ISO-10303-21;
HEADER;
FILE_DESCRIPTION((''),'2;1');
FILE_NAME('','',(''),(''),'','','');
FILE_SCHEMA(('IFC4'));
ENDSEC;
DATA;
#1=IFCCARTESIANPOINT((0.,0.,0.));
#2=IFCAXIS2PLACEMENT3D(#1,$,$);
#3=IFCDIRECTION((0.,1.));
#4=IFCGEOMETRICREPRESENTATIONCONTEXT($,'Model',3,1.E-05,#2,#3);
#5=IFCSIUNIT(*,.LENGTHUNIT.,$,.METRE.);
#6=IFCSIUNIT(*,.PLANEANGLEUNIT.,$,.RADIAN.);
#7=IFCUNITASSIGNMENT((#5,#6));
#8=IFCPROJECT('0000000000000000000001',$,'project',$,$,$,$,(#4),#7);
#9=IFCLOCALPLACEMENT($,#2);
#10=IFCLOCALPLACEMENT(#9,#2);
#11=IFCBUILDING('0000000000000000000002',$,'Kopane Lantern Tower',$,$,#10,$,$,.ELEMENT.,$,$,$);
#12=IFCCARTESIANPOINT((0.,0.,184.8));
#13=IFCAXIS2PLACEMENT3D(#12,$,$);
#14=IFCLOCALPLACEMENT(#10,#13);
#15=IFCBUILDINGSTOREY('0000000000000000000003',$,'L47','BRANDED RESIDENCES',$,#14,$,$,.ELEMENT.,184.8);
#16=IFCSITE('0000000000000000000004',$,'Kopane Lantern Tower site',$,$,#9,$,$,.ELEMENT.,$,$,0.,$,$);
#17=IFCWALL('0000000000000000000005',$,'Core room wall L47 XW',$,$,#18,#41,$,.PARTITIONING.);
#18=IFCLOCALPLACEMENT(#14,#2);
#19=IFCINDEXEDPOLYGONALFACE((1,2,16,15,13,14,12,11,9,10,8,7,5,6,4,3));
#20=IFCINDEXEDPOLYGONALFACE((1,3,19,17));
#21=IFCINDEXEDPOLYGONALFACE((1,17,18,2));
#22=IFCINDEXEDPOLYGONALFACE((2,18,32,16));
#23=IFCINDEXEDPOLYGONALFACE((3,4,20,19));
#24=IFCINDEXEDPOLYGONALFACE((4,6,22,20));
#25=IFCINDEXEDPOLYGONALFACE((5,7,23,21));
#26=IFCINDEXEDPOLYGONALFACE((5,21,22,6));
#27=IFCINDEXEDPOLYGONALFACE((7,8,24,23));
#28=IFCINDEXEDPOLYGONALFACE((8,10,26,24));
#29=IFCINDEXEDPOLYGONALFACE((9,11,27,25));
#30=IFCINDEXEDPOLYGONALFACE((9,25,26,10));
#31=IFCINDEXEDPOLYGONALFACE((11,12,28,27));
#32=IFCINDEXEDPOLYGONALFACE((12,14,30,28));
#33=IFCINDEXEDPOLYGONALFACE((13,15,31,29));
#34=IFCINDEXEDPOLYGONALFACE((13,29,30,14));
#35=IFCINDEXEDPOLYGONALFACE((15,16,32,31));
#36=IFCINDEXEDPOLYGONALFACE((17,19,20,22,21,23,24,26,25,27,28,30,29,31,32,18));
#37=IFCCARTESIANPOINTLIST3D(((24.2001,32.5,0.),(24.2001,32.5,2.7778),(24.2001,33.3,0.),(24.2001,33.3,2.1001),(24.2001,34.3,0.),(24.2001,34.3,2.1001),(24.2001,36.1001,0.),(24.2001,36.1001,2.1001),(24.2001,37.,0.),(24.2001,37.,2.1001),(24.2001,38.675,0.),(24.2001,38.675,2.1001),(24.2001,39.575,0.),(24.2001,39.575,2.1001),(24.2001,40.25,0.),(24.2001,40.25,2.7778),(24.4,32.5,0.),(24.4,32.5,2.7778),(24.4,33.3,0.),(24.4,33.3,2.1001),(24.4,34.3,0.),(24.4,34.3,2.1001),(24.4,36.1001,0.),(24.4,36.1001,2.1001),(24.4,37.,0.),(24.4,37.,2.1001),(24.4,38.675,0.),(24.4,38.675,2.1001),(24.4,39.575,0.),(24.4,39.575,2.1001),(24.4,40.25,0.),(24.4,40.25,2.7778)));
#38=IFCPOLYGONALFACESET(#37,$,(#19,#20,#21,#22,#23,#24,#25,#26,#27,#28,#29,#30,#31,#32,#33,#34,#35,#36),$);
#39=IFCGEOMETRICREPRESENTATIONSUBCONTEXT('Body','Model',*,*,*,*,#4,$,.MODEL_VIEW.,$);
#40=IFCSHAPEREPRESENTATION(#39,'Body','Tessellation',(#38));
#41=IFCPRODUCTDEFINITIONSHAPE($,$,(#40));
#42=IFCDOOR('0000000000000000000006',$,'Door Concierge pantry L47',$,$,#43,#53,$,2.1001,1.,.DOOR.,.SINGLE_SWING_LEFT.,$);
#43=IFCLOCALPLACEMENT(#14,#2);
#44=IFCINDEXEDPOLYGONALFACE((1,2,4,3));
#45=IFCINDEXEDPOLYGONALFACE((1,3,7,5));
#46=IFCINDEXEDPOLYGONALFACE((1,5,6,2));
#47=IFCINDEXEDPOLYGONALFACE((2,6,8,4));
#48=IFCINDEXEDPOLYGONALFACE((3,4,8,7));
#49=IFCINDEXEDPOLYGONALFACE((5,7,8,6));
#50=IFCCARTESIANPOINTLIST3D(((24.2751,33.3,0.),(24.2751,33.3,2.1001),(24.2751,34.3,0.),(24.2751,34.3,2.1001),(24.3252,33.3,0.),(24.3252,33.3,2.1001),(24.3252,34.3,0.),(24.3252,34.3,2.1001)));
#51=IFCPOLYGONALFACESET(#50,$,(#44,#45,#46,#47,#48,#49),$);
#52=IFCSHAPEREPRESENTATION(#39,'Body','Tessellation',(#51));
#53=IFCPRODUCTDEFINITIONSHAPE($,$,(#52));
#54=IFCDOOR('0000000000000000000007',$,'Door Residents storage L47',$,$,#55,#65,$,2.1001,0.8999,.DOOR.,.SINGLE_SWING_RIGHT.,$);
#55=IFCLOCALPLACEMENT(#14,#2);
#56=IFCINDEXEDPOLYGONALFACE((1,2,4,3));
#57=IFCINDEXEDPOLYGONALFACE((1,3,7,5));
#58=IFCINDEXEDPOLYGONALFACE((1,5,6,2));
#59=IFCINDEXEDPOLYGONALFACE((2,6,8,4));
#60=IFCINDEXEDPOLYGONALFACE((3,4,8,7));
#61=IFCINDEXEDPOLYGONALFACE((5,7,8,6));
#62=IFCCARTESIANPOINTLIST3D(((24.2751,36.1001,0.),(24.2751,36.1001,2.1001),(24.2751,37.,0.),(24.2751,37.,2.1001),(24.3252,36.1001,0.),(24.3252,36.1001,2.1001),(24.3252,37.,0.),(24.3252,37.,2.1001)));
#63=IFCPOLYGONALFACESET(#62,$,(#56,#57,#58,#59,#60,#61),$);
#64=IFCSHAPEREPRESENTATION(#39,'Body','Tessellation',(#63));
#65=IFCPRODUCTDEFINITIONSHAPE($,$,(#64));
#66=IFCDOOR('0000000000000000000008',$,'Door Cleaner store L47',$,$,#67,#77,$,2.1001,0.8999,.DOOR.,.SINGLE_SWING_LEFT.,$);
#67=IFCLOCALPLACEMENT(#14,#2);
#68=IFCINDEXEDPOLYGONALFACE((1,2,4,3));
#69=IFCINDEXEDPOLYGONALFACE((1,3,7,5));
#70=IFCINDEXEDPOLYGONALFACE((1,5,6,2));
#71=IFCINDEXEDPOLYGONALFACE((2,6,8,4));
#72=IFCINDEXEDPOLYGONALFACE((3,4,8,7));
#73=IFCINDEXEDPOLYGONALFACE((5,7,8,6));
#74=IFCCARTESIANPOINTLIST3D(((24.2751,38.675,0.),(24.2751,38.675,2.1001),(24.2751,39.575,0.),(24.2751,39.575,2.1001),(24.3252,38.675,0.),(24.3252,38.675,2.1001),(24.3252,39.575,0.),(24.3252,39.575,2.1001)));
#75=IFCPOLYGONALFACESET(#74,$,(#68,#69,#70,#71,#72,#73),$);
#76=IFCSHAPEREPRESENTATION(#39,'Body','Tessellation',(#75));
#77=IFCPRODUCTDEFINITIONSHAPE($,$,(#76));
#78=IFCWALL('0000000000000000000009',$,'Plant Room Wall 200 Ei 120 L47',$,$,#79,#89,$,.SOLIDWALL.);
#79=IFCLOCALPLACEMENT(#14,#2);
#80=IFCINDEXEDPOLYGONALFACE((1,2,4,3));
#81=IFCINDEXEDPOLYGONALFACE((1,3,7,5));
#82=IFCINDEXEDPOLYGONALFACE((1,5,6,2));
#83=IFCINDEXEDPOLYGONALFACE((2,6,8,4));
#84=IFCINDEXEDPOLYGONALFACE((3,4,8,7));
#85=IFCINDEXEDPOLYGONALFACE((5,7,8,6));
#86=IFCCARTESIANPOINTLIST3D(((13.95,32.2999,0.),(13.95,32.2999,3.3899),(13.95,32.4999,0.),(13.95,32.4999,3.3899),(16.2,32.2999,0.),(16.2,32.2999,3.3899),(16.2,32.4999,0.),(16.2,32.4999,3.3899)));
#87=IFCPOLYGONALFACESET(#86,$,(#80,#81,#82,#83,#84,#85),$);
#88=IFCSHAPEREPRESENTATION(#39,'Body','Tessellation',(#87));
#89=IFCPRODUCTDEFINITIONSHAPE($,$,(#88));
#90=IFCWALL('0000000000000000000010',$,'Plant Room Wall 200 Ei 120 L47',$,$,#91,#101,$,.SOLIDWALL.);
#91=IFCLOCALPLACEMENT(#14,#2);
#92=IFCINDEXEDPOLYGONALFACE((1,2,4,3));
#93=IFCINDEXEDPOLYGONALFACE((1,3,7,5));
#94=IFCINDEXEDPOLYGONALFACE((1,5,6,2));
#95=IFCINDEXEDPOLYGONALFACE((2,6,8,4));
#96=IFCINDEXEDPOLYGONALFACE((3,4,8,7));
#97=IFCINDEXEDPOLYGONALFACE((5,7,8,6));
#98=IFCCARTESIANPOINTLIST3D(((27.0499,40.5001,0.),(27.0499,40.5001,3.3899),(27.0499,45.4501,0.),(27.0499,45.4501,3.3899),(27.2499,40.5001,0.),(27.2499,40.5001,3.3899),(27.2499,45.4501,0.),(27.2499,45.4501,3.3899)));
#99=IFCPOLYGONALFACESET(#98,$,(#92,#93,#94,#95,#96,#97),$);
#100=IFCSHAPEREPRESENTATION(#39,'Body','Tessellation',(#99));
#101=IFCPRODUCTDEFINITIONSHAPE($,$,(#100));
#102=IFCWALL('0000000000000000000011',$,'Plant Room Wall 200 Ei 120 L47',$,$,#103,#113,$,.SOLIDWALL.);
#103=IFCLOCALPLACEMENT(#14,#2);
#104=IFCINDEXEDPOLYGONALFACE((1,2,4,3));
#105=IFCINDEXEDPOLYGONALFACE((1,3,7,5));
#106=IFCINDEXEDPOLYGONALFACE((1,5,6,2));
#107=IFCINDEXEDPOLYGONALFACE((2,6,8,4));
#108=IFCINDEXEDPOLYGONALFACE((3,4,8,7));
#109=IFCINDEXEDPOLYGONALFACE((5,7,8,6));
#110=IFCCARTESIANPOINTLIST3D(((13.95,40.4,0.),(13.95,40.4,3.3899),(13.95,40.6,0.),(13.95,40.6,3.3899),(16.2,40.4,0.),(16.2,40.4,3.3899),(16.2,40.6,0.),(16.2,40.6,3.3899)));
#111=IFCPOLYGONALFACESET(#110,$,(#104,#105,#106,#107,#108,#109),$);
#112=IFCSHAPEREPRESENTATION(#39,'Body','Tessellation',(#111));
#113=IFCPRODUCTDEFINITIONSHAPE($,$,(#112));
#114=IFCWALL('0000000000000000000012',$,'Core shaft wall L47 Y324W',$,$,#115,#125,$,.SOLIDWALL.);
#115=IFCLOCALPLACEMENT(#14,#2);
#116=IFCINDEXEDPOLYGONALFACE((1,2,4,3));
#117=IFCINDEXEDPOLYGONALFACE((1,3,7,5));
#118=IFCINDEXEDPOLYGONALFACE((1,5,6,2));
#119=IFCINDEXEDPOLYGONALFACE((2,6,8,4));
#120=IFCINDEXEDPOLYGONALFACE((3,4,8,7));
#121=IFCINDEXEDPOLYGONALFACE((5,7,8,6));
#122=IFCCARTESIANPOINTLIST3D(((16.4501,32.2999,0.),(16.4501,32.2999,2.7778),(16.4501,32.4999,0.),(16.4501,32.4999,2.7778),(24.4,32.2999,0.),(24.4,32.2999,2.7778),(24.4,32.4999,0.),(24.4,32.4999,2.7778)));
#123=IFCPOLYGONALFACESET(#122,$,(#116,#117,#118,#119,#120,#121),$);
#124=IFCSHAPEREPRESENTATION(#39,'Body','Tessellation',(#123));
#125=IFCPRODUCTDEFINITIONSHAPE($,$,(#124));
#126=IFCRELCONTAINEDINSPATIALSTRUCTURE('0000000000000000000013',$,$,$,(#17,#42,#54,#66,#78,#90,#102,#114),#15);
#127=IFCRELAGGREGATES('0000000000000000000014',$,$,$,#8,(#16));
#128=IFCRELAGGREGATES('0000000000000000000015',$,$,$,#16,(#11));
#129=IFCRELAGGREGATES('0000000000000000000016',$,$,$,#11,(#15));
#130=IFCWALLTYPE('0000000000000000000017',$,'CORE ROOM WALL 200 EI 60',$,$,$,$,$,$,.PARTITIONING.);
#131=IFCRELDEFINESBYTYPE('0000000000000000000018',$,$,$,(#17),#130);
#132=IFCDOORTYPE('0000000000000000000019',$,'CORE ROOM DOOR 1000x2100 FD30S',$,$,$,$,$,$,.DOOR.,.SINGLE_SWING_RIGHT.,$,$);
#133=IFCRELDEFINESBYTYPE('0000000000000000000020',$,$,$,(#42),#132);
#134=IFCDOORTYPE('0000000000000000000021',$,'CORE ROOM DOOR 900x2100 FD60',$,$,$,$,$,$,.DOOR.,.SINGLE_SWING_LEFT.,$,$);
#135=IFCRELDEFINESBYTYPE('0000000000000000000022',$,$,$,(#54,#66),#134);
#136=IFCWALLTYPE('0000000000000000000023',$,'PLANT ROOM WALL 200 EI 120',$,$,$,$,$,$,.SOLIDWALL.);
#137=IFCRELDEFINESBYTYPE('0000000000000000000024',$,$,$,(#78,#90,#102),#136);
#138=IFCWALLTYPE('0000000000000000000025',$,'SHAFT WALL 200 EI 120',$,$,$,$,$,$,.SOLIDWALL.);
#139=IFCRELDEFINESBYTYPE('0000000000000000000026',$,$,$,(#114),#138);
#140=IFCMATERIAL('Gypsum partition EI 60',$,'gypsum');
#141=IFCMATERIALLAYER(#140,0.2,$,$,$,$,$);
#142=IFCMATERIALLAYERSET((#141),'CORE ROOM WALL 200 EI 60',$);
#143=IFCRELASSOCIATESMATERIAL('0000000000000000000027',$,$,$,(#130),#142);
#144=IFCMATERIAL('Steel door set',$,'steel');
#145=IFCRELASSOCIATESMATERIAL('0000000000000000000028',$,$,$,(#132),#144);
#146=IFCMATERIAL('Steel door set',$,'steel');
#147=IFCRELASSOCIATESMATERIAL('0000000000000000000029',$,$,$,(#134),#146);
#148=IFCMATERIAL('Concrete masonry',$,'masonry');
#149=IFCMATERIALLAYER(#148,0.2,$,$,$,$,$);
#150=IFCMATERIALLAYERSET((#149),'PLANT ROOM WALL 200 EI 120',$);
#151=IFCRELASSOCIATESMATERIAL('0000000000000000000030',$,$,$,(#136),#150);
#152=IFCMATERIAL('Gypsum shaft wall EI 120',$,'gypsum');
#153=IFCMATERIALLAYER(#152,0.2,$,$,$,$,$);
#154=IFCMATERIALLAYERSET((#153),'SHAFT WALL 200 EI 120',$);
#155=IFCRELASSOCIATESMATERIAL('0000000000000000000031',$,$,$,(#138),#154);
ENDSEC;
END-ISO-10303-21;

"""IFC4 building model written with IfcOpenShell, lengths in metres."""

from ifc_helpers import new_model, si_unit, direction, frame, frame_2d, origin, place, context, subcontext, project, spatial, rectangle, extrude, material, layer, layer_set, type_object, element, fill, save


model = new_model("IFC4")

# Units and contexts
model_context = context("Model", 3, precision=1e-05, world=origin(), true_north=direction((0.0, 1.0)))
body_context = subcontext(model_context, "Body", "Model", "MODEL_VIEW")
ifc_project = project(units=[si_unit("LENGTHUNIT", "METRE"), si_unit("PLANEANGLEUNIT", "RADIAN")], contexts=[model_context])

# Site, building, storey
site_placement = place(None, origin())
site = spatial("IfcSite", under=ifc_project, at=site_placement, Name="Kopane Lantern Tower site", CompositionType="ELEMENT", RefElevation=0.0)
building_placement = place(site_placement, origin())
building = spatial("IfcBuilding", under=site, at=building_placement, Name="Kopane Lantern Tower", CompositionType="ELEMENT")
storey_placement = place(building_placement, frame((0.0, 0.0, 184.8)))
storey = spatial("IfcBuildingStorey", under=building, at=storey_placement, Name="L47", Description="BRANDED RESIDENCES", CompositionType="ELEMENT", Elevation=184.8)

# Wall, openings, doors
ifc_material_1 = material(Name="Gypsum partition EI 60", Category="gypsum")
ifc_layer_1 = layer(ifc_material_1, 0.2)
ifc_layer_set_1 = layer_set([ifc_layer_1], Name="CORE ROOM WALL 200 EI 60")
wall_type_1 = type_object("IfcWallType", Name="CORE ROOM WALL 200 EI 60", PredefinedType="PARTITIONING", material=ifc_layer_set_1)
wall_1_placement = place(storey_placement, frame((24.3, 32.5, 0.0), z_axis=(0.0, 0.0, 1.0), x_axis=(0.0, 1.0, 0.0)))
wall_1 = element("IfcWall", 1, at=wall_1_placement, inside=storey, type_object=wall_type_1, Name="Core room wall L47 XW", PredefinedType="PARTITIONING", context=body_context, shape_type="SweptSolid", body=[
    extrude(rectangle(XDim=7.75, YDim=0.2, at=frame_2d((3.875, 0.0))), origin(), (0.0, 0.0, 1.0), 2.7778),
])
opening_1_placement = place(wall_1_placement, frame((0.8, 0.0, 0.0)))
opening_1 = element("IfcOpeningElement", 2, at=opening_1_placement, cuts=wall_1, PredefinedType="OPENING", context=body_context, shape_type="SweptSolid", body=[
    extrude(rectangle(XDim=1.0, YDim=2.1001, at=frame_2d((0.5, 1.05))), frame((0.0, 0.1099, 0.0), z_axis=(0.0, -1.0, 0.0), x_axis=(1.0, 0.0, 0.0)), (0.0, 0.0, 1.0), 0.22),
])
opening_2_placement = place(wall_1_placement, frame((3.6001, 0.0, 0.0)))
opening_2 = element("IfcOpeningElement", 3, at=opening_2_placement, cuts=wall_1, PredefinedType="OPENING", context=body_context, shape_type="SweptSolid", body=[
    extrude(rectangle(XDim=0.8999, YDim=2.1001, at=frame_2d((0.45, 1.05))), frame((0.0, 0.1099, 0.0), z_axis=(0.0, -1.0, 0.0), x_axis=(1.0, 0.0, 0.0)), (0.0, 0.0, 1.0), 0.22),
])
opening_3_placement = place(wall_1_placement, frame((6.175, 0.0, 0.0)))
opening_3 = element("IfcOpeningElement", 4, at=opening_3_placement, cuts=wall_1, PredefinedType="OPENING", context=body_context, shape_type="SweptSolid", body=[
    extrude(rectangle(XDim=0.8999, YDim=2.1001, at=frame_2d((0.45, 1.05))), frame((0.0, 0.1099, 0.0), z_axis=(0.0, -1.0, 0.0), x_axis=(1.0, 0.0, 0.0)), (0.0, 0.0, 1.0), 0.22),
])
ifc_material_2 = material(Name="Steel door set", Category="steel")
door_type_1 = type_object("IfcDoorType", Name="CORE ROOM DOOR 1000x2100 FD30S", OperationType="SINGLE_SWING_RIGHT", PredefinedType="DOOR", material=ifc_material_2)
door_1_placement = place(opening_1_placement, origin())
door_1 = element("IfcDoor", 5, at=door_1_placement, inside=storey, type_object=door_type_1, Name="Door Concierge pantry L47", OperationType="SINGLE_SWING_LEFT", OverallHeight=2.1001, OverallWidth=1.0, PredefinedType="DOOR", context=body_context, shape_type="SweptSolid", body=[
    extrude(rectangle(XDim=1.0, YDim=2.1001, at=frame_2d((0.5, 1.05))), frame((0.0, 0.0249, 0.0), z_axis=(0.0, -1.0, 0.0), x_axis=(1.0, 0.0, 0.0)), (0.0, 0.0, 1.0), 0.05),
])
fill(opening_1, door_1)
ifc_material_3 = material(Name="Steel door set", Category="steel")
door_type_2 = type_object("IfcDoorType", Name="CORE ROOM DOOR 900x2100 FD60", OperationType="SINGLE_SWING_LEFT", PredefinedType="DOOR", material=ifc_material_3)
door_2_placement = place(opening_2_placement, origin())
door_2 = element("IfcDoor", 6, at=door_2_placement, inside=storey, type_object=door_type_2, Name="Door Residents storage L47", OperationType="SINGLE_SWING_RIGHT", OverallHeight=2.1001, OverallWidth=0.8999, PredefinedType="DOOR", context=body_context, shape_type="SweptSolid", body=[
    extrude(rectangle(XDim=0.8999, YDim=2.1001, at=frame_2d((0.45, 1.05))), frame((0.0, 0.0249, 0.0), z_axis=(0.0, -1.0, 0.0), x_axis=(1.0, 0.0, 0.0)), (0.0, 0.0, 1.0), 0.05),
])
fill(opening_2, door_2)
door_3_placement = place(opening_3_placement, origin())
door_3 = element("IfcDoor", 7, at=door_3_placement, inside=storey, type_object=door_type_2, Name="Door Cleaner store L47", OperationType="SINGLE_SWING_LEFT", OverallHeight=2.1001, OverallWidth=0.8999, PredefinedType="DOOR", context=body_context, shape_type="SweptSolid", body=[
    extrude(rectangle(XDim=0.8999, YDim=2.1001, at=frame_2d((0.45, 1.05))), frame((0.0, 0.0249, 0.0), z_axis=(0.0, -1.0, 0.0), x_axis=(1.0, 0.0, 0.0)), (0.0, 0.0, 1.0), 0.05),
])
fill(opening_3, door_3)

# Walls
ifc_material_4 = material(Name="Concrete masonry", Category="masonry")
ifc_layer_2 = layer(ifc_material_4, 0.2)
ifc_layer_set_2 = layer_set([ifc_layer_2], Name="PLANT ROOM WALL 200 EI 120")
wall_type_2 = type_object("IfcWallType", Name="PLANT ROOM WALL 200 EI 120", PredefinedType="SOLIDWALL", material=ifc_layer_set_2)
wall_2_placement = place(storey_placement, frame((13.95, 32.3999, 0.0), z_axis=(0.0, 0.0, 1.0), x_axis=(1.0, 0.0, 0.0)))
element("IfcWall", 8, at=wall_2_placement, inside=storey, type_object=wall_type_2, Name="Plant Room Wall 200 Ei 120 L47", PredefinedType="SOLIDWALL", context=body_context, shape_type="SweptSolid", body=[
    extrude(rectangle(XDim=2.25, YDim=0.2, at=frame_2d((1.125, 0.0))), origin(), (0.0, 0.0, 1.0), 3.3899),
])
wall_3_placement = place(storey_placement, frame((27.1499, 40.5, 0.0), z_axis=(0.0, 0.0, 1.0), x_axis=(0.0, 1.0, 0.0)))
element("IfcWall", 9, at=wall_3_placement, inside=storey, type_object=wall_type_2, Name="Plant Room Wall 200 Ei 120 L47", PredefinedType="SOLIDWALL", context=body_context, shape_type="SweptSolid", body=[
    extrude(rectangle(XDim=4.95, YDim=0.2, at=frame_2d((2.4751, 0.0))), origin(), (0.0, 0.0, 1.0), 3.3899),
])
wall_4_placement = place(storey_placement, frame((13.95, 40.5, 0.0), z_axis=(0.0, 0.0, 1.0), x_axis=(1.0, 0.0, 0.0)))
element("IfcWall", 10, at=wall_4_placement, inside=storey, type_object=wall_type_2, Name="Plant Room Wall 200 Ei 120 L47", PredefinedType="SOLIDWALL", context=body_context, shape_type="SweptSolid", body=[
    extrude(rectangle(XDim=2.25, YDim=0.2, at=frame_2d((1.125, 0.0))), origin(), (0.0, 0.0, 1.0), 3.3899),
])
ifc_material_5 = material(Name="Gypsum shaft wall EI 120", Category="gypsum")
ifc_layer_3 = layer(ifc_material_5, 0.2)
ifc_layer_set_3 = layer_set([ifc_layer_3], Name="SHAFT WALL 200 EI 120")
wall_type_3 = type_object("IfcWallType", Name="SHAFT WALL 200 EI 120", PredefinedType="SOLIDWALL", material=ifc_layer_set_3)
wall_5_placement = place(storey_placement, frame((16.45, 32.3999, 0.0), z_axis=(0.0, 0.0, 1.0), x_axis=(1.0, 0.0, 0.0)))
element("IfcWall", 11, at=wall_5_placement, inside=storey, type_object=wall_type_3, Name="Core shaft wall L47 Y324W", PredefinedType="SOLIDWALL", context=body_context, shape_type="SweptSolid", body=[
    extrude(rectangle(XDim=7.95, YDim=0.2, at=frame_2d((3.9751, 0.0))), origin(), (0.0, 0.0, 1.0), 2.7778),
])

save(model, "model.ifc")
